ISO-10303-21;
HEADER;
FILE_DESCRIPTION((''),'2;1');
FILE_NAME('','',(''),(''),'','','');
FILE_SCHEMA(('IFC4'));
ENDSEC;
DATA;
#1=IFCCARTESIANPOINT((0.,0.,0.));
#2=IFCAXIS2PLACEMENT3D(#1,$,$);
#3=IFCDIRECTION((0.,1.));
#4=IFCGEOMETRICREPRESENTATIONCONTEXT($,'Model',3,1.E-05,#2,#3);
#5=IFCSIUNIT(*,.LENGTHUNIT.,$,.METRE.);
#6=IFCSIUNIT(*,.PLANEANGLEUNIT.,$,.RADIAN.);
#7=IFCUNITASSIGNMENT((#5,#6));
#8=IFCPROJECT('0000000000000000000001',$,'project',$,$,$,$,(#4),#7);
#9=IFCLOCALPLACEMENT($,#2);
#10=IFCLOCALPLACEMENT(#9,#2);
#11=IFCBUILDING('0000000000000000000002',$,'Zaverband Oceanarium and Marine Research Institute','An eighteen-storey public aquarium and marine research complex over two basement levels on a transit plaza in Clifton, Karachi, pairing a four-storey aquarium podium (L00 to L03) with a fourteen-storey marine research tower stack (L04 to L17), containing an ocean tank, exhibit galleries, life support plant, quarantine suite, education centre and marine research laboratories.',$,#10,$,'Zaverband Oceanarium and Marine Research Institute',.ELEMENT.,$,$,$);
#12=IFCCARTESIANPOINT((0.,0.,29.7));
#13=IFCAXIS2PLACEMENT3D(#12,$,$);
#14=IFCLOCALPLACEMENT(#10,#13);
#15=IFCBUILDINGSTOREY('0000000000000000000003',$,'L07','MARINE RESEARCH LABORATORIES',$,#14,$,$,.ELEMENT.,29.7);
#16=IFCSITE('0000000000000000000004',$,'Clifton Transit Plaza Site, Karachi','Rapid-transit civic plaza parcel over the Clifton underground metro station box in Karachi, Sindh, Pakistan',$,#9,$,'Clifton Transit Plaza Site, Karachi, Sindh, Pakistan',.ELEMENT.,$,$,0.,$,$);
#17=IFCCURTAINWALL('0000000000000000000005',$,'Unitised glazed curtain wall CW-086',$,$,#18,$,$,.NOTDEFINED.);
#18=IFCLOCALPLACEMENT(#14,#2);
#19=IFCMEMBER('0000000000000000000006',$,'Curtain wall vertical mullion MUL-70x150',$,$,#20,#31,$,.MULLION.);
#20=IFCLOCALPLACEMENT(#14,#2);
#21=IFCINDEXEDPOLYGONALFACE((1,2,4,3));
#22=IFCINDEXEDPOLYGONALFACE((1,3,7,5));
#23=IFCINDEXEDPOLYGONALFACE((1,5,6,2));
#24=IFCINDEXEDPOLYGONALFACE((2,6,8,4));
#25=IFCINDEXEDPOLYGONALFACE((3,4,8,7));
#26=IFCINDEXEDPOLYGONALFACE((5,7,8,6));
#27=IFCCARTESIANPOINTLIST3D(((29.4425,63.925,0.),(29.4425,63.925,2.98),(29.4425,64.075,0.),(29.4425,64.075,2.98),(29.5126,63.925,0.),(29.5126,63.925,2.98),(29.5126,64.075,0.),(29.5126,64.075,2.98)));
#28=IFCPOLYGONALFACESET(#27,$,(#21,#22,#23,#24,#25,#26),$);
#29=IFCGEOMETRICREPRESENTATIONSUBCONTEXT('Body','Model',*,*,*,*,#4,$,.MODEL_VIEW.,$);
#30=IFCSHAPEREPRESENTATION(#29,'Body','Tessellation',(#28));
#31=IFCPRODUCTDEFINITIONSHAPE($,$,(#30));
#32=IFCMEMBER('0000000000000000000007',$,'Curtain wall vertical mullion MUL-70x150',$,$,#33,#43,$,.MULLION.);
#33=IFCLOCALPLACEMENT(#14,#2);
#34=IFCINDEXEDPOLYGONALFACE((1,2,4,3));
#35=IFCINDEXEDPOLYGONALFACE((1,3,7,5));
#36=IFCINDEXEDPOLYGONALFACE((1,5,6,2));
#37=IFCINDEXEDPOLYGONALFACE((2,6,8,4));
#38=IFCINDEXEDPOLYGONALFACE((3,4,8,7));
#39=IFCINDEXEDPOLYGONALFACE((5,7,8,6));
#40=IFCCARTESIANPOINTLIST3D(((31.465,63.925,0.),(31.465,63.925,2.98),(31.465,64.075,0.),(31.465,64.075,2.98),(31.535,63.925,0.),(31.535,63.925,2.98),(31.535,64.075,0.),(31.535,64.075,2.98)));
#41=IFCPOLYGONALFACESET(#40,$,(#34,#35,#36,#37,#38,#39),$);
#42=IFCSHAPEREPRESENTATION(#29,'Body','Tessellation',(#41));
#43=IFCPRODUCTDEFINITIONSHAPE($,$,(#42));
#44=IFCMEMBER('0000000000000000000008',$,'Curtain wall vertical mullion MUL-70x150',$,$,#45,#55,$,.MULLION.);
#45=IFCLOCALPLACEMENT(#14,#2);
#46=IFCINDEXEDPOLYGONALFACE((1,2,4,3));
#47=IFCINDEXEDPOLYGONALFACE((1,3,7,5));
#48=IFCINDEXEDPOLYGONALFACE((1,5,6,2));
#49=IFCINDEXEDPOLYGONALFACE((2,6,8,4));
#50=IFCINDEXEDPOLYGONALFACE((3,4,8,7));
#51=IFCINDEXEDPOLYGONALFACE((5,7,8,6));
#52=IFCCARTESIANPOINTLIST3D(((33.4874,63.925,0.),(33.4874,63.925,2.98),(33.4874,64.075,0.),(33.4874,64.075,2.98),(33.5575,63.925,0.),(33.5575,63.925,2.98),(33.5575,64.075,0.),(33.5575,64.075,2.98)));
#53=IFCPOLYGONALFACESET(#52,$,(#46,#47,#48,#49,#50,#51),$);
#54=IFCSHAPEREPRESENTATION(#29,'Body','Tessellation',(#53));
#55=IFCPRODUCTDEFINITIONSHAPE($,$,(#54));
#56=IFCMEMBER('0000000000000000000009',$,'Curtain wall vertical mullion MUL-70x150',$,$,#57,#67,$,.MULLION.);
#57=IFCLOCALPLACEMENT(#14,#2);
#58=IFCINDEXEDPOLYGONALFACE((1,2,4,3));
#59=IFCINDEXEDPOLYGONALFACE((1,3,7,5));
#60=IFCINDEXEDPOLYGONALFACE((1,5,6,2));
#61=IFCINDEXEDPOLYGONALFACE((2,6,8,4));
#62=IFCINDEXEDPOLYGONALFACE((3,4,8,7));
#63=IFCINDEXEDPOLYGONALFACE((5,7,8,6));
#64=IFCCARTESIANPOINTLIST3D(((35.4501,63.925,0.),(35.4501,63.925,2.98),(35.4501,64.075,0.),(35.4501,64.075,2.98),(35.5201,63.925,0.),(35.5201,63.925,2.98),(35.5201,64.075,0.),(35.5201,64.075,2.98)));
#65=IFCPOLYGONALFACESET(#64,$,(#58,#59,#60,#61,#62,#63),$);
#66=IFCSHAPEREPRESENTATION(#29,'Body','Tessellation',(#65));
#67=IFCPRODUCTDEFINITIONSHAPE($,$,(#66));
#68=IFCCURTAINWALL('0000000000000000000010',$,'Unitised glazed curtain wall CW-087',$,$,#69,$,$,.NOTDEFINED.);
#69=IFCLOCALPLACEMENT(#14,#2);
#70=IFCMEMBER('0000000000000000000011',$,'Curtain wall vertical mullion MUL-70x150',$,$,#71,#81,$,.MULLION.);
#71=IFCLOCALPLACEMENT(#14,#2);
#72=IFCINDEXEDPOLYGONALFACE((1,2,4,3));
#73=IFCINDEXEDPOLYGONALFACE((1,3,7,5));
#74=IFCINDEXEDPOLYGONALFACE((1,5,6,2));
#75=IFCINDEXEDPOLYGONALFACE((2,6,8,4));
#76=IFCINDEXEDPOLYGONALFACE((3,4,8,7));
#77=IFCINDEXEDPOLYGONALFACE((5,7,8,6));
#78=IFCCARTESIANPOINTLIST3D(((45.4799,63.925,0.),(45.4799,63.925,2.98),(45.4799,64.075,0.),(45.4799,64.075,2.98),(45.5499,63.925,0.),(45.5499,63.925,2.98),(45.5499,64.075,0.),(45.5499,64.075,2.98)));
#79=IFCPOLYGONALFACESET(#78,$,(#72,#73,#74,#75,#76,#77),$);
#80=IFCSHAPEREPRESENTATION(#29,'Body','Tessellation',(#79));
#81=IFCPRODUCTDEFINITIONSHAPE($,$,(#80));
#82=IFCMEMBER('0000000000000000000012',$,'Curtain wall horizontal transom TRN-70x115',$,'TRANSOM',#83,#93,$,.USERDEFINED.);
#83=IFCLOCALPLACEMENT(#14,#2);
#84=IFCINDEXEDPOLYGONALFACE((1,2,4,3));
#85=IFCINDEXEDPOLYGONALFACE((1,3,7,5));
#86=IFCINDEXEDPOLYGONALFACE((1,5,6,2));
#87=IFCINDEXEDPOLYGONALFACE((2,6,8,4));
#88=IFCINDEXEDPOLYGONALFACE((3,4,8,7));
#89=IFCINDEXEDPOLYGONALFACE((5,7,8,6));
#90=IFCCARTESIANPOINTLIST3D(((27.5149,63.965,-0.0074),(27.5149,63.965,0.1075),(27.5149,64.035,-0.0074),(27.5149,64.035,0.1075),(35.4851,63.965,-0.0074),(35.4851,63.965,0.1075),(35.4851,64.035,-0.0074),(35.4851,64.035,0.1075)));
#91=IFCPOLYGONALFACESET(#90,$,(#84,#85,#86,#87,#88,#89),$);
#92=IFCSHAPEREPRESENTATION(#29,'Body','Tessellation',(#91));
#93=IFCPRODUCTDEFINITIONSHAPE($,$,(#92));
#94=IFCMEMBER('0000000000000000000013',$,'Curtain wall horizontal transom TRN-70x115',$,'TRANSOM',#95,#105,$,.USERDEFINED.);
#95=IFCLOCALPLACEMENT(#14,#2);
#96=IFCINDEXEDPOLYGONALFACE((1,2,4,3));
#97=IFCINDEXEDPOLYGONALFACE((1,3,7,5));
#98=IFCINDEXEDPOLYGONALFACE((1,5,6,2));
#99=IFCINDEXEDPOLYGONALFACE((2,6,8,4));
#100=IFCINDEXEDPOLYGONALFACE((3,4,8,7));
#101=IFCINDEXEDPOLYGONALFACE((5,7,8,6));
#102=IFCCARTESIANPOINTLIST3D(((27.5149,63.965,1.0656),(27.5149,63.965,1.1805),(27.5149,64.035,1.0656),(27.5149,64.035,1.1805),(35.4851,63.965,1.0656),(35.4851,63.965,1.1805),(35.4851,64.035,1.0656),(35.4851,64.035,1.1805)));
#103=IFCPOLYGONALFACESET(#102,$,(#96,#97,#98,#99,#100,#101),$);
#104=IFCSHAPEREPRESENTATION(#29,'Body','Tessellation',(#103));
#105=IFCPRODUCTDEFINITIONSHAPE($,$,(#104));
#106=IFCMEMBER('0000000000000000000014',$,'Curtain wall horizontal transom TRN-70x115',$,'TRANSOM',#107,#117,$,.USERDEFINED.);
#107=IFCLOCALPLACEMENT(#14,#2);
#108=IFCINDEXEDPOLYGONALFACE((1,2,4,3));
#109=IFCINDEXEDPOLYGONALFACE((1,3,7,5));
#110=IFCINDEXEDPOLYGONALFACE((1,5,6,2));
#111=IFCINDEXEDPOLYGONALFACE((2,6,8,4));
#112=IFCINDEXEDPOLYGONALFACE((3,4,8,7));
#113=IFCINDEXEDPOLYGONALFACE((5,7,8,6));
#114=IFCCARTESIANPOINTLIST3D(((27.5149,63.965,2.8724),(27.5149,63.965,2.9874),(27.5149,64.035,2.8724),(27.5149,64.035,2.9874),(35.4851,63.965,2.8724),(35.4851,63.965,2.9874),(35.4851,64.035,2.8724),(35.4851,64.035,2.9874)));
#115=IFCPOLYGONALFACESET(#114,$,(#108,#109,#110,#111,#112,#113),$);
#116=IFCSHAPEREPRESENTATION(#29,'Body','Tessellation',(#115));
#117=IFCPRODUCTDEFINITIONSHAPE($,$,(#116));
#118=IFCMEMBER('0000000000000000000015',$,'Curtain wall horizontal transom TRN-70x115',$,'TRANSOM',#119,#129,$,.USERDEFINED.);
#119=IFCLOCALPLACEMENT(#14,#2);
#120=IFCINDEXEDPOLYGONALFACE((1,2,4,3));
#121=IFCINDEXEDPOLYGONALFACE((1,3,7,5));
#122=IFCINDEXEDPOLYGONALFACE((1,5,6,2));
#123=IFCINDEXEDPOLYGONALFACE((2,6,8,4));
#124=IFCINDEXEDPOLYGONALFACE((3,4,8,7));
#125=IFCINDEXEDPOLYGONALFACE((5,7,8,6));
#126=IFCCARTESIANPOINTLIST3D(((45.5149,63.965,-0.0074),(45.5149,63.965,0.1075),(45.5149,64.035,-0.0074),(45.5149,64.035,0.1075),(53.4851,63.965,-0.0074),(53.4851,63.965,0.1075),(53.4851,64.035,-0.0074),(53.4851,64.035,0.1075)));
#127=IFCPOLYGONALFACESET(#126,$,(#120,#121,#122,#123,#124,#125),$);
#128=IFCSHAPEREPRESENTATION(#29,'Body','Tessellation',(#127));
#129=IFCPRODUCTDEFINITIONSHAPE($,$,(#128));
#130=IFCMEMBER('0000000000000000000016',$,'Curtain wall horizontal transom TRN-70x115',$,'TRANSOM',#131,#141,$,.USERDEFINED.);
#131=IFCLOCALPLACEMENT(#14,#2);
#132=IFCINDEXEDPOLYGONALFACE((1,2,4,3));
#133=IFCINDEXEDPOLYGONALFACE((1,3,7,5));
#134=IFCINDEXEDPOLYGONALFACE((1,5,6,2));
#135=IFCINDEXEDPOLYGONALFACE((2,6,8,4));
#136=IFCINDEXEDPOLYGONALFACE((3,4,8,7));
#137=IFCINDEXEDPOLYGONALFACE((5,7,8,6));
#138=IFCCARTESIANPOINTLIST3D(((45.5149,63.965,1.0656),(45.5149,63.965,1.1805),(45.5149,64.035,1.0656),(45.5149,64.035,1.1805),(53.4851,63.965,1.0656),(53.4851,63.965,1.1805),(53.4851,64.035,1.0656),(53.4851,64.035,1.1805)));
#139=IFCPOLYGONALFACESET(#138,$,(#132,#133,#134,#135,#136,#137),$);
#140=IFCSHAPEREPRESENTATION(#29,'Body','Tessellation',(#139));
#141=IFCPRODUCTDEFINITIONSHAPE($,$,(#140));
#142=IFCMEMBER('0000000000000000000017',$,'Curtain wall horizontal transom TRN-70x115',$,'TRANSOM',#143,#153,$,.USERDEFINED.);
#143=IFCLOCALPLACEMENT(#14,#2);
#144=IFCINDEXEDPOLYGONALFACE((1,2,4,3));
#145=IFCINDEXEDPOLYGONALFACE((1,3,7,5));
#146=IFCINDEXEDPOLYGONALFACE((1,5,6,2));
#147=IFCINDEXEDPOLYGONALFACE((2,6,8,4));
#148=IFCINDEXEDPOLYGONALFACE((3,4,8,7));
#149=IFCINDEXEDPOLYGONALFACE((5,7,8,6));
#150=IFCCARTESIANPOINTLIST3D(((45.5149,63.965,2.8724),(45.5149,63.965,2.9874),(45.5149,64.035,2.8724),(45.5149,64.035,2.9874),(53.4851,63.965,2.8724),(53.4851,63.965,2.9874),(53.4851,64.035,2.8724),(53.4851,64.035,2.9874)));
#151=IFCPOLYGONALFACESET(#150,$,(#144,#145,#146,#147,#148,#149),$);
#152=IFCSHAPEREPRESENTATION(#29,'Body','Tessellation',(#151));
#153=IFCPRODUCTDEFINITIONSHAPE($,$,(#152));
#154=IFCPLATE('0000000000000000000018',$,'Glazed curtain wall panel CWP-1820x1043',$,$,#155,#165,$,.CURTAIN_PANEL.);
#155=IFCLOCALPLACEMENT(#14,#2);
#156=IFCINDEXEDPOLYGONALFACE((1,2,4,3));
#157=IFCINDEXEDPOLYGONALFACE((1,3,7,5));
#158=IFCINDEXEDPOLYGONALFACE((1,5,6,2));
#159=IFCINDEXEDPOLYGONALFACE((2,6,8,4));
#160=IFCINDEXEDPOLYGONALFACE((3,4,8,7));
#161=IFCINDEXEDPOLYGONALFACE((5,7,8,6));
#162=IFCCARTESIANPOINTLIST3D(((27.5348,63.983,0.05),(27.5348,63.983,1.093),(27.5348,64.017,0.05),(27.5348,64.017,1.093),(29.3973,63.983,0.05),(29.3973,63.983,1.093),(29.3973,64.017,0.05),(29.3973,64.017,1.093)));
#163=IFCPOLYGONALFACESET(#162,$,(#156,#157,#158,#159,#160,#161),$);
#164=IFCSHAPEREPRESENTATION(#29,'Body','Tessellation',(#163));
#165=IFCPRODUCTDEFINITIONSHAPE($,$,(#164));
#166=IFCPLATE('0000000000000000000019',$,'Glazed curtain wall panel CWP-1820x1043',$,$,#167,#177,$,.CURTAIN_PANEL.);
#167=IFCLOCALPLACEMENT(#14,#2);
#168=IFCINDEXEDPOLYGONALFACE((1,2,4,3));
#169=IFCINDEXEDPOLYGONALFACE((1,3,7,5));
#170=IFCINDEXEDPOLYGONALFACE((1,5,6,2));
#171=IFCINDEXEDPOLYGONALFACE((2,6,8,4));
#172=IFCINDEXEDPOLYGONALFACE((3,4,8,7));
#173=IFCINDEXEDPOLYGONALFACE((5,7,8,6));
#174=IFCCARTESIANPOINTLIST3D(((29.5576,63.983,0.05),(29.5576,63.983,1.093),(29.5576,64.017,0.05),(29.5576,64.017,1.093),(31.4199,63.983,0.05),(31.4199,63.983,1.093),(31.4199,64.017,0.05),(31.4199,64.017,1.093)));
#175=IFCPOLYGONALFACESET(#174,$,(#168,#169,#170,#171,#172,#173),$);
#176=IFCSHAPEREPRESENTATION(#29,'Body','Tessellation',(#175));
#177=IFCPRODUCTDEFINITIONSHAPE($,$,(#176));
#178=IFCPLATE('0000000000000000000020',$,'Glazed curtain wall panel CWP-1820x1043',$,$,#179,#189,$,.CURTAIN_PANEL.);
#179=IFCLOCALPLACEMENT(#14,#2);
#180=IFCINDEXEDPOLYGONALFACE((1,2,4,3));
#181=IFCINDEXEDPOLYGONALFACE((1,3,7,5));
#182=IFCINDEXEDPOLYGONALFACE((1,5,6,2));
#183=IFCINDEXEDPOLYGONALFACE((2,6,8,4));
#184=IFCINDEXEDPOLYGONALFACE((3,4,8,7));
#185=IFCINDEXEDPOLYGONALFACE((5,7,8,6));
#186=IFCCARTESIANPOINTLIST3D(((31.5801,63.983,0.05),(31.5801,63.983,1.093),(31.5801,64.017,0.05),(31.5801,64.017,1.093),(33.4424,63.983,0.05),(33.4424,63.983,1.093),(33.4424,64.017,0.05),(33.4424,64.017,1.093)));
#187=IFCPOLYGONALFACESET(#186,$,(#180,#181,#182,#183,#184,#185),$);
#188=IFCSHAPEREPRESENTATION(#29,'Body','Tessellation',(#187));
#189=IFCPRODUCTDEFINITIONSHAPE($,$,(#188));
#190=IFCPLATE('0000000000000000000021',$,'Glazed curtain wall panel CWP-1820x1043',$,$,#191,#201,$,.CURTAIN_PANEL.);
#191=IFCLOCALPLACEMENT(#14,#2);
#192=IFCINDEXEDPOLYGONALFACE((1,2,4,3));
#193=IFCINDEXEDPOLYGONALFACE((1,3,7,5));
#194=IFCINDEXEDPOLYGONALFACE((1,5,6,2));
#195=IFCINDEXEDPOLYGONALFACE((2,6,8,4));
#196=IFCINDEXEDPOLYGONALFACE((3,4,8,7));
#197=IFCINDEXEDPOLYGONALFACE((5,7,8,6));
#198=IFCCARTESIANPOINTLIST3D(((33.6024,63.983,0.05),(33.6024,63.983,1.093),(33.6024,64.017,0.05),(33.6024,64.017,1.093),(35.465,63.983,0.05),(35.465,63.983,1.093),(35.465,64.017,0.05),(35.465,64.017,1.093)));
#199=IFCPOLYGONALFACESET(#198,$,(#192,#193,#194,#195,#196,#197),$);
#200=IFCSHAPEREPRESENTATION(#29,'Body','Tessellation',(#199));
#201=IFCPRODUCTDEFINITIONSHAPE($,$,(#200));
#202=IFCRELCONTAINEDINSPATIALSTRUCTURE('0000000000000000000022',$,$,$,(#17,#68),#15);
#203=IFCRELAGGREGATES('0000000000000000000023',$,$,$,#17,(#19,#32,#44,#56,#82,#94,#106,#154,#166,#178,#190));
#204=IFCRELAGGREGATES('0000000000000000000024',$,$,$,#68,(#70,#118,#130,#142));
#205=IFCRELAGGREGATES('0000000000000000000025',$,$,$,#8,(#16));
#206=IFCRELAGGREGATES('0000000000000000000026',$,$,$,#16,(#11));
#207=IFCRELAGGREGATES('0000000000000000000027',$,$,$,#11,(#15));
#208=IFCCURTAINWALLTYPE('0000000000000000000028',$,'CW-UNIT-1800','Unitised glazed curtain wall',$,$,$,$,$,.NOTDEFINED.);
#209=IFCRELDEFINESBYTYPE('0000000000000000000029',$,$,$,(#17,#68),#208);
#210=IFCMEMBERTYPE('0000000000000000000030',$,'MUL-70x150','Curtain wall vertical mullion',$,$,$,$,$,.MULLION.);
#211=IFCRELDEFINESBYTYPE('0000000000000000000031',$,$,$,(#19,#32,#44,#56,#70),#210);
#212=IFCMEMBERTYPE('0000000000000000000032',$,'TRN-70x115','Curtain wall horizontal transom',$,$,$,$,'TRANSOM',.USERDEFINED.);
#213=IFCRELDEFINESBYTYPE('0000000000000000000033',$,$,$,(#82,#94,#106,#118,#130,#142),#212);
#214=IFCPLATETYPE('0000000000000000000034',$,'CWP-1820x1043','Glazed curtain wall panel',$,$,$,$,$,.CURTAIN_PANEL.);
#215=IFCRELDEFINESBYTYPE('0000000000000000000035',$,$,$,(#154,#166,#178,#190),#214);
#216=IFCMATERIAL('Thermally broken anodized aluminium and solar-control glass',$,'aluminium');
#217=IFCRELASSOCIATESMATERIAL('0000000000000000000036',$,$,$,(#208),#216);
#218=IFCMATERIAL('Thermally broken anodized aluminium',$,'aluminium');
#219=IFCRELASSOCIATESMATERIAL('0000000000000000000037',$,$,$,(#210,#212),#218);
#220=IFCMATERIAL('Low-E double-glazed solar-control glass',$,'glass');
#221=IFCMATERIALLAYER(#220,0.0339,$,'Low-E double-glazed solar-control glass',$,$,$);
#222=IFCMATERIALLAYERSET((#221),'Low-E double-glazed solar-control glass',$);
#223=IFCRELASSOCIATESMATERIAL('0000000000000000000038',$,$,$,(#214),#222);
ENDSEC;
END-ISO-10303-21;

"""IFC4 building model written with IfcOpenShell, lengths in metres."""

from ifc_helpers import new_model, si_unit, direction, frame, frame_2d, origin, origin_2d, place, context, subcontext, project, spatial, rectangle, extrude, material, layer, layer_set, material_profile, profile_set, type_object, element, aggregate, save


model = new_model("IFC4")

# Units and contexts
model_context = context("Model", 3, precision=1e-05, world=origin(), true_north=direction((0.0, 1.0)))
body_context = subcontext(model_context, "Body", "Model", "MODEL_VIEW")
ifc_project = project(units=[si_unit("LENGTHUNIT", "METRE"), si_unit("PLANEANGLEUNIT", "RADIAN")], contexts=[model_context])

# Site, building, storey
site_placement = place(None, origin())
site = spatial("IfcSite", under=ifc_project, at=site_placement, Name="Clifton Transit Plaza Site, Karachi", Description="Rapid-transit civic plaza parcel over the Clifton underground metro station box in Karachi, Sindh, Pakistan", LongName="Clifton Transit Plaza Site, Karachi, Sindh, Pakistan", CompositionType="ELEMENT", RefElevation=0.0)
building_placement = place(site_placement, origin())
building = spatial("IfcBuilding", under=site, at=building_placement, Name="Zaverband Oceanarium and Marine Research Institute", Description="An eighteen-storey public aquarium and marine research complex over two basement levels on a transit plaza in Clifton, Karachi, pairing a four-storey aquarium podium (L00 to L03) with a fourteen-storey marine research tower stack (L04 to L17), containing an ocean tank, exhibit galleries, life support plant, quarantine suite, education centre and marine research laboratories.", LongName="Zaverband Oceanarium and Marine Research Institute", CompositionType="ELEMENT")
storey_placement = place(building_placement, frame((0.0, 0.0, 29.7)))
storey = spatial("IfcBuildingStorey", under=building, at=storey_placement, Name="L07", Description="MARINE RESEARCH LABORATORIES", CompositionType="ELEMENT", Elevation=29.7)

# Curtain wall, members
ifc_material_1 = material(Name="Thermally broken anodized aluminium and solar-control glass", Category="aluminium")
curtain_wall_type = type_object("IfcCurtainWallType", Name="CW-UNIT-1800", Description="Unitised glazed curtain wall", PredefinedType="NOTDEFINED", material=ifc_material_1)
curtain_wall_1_placement = place(storey_placement, origin())
curtain_wall_1 = element("IfcCurtainWall", 1, at=curtain_wall_1_placement, inside=storey, type_object=curtain_wall_type, Name="Unitised glazed curtain wall CW-086", PredefinedType="NOTDEFINED")
ifc_material_2 = material(Name="Thermally broken anodized aluminium", Category="aluminium")
ifc_material_profile_1 = material_profile(ifc_material_2, rectangle(XDim=0.0701, YDim=0.1499, at=origin_2d()), Name="AL-MUL-70x150")
ifc_profile_set_1 = profile_set([ifc_material_profile_1], Name="Thermally broken anodized aluminium")
member_type_1 = type_object("IfcMemberType", Name="MUL-70x150", Description="Curtain wall vertical mullion", PredefinedType="MULLION", material=ifc_profile_set_1)
member_1_placement = place(storey_placement, frame((29.4775, 64.0, 0.0), z_axis=(0.0, 0.0, 1.0), x_axis=(1.0, 0.0, 0.0)))
member_1 = element("IfcMember", 2, at=member_1_placement, type_object=member_type_1, Name="Curtain wall vertical mullion MUL-70x150", PredefinedType="MULLION", context=body_context, shape_type="SweptSolid", body=[
    extrude(rectangle(XDim=0.0701, YDim=0.1499, at=origin_2d()), origin(), (0.0, 0.0, 1.0), 2.98),
])
member_2_placement = place(storey_placement, frame((31.5, 64.0, 0.0), z_axis=(0.0, 0.0, 1.0), x_axis=(1.0, 0.0, 0.0)))
member_2 = element("IfcMember", 3, at=member_2_placement, type_object=member_type_1, Name="Curtain wall vertical mullion MUL-70x150", PredefinedType="MULLION", context=body_context, shape_type="SweptSolid", body=[
    extrude(rectangle(XDim=0.0701, YDim=0.1499, at=origin_2d()), origin(), (0.0, 0.0, 1.0), 2.98),
])
member_3_placement = place(storey_placement, frame((33.5225, 64.0, 0.0), z_axis=(0.0, 0.0, 1.0), x_axis=(1.0, 0.0, 0.0)))
member_3 = element("IfcMember", 4, at=member_3_placement, type_object=member_type_1, Name="Curtain wall vertical mullion MUL-70x150", PredefinedType="MULLION", context=body_context, shape_type="SweptSolid", body=[
    extrude(rectangle(XDim=0.0701, YDim=0.1499, at=origin_2d()), origin(), (0.0, 0.0, 1.0), 2.98),
])
member_4_placement = place(storey_placement, frame((35.4851, 64.0, 0.0), z_axis=(0.0, 0.0, 1.0), x_axis=(1.0, 0.0, 0.0)))
member_4 = element("IfcMember", 5, at=member_4_placement, type_object=member_type_1, Name="Curtain wall vertical mullion MUL-70x150", PredefinedType="MULLION", context=body_context, shape_type="SweptSolid", body=[
    extrude(rectangle(XDim=0.0701, YDim=0.1499, at=origin_2d()), origin(), (0.0, 0.0, 1.0), 2.98),
])

# Curtain wall, member
curtain_wall_2_placement = place(storey_placement, origin())
curtain_wall_2 = element("IfcCurtainWall", 6, at=curtain_wall_2_placement, inside=storey, type_object=curtain_wall_type, Name="Unitised glazed curtain wall CW-087", PredefinedType="NOTDEFINED")
member_5_placement = place(storey_placement, frame((45.5149, 64.0, 0.0), z_axis=(0.0, 0.0, 1.0), x_axis=(1.0, 0.0, 0.0)))
member_5 = element("IfcMember", 7, at=member_5_placement, type_object=member_type_1, Name="Curtain wall vertical mullion MUL-70x150", PredefinedType="MULLION", context=body_context, shape_type="SweptSolid", body=[
    extrude(rectangle(XDim=0.0701, YDim=0.1499, at=origin_2d()), origin(), (0.0, 0.0, 1.0), 2.98),
])

# Members
ifc_material_profile_2 = material_profile(ifc_material_2, rectangle(XDim=0.0701, YDim=0.115, at=origin_2d()), Name="AL-TRN-70x115")
ifc_profile_set_2 = profile_set([ifc_material_profile_2], Name="Thermally broken anodized aluminium")
member_type_2 = type_object("IfcMemberType", Name="TRN-70x115", Description="Curtain wall horizontal transom", ElementType="TRANSOM", PredefinedType="USERDEFINED", material=ifc_profile_set_2)
member_6_placement = place(storey_placement, frame((27.5149, 64.0, 0.05), z_axis=(1.0, 0.0, 0.0), x_axis=(0.0, 1.0, 0.0)))
member_6 = element("IfcMember", 8, at=member_6_placement, type_object=member_type_2, Name="Curtain wall horizontal transom TRN-70x115", ObjectType="TRANSOM", PredefinedType="USERDEFINED", context=body_context, shape_type="SweptSolid", body=[
    extrude(rectangle(XDim=0.0701, YDim=0.115, at=origin_2d()), origin(), (0.0, 0.0, 1.0), 7.9702),
])
member_7_placement = place(storey_placement, frame((27.5149, 64.0, 1.123), z_axis=(1.0, 0.0, 0.0), x_axis=(0.0, 1.0, 0.0)))
member_7 = element("IfcMember", 9, at=member_7_placement, type_object=member_type_2, Name="Curtain wall horizontal transom TRN-70x115", ObjectType="TRANSOM", PredefinedType="USERDEFINED", context=body_context, shape_type="SweptSolid", body=[
    extrude(rectangle(XDim=0.0701, YDim=0.115, at=origin_2d()), origin(), (0.0, 0.0, 1.0), 7.9702),
])
member_8_placement = place(storey_placement, frame((27.5149, 64.0, 2.9299), z_axis=(1.0, 0.0, 0.0), x_axis=(0.0, 1.0, 0.0)))
member_8 = element("IfcMember", 10, at=member_8_placement, type_object=member_type_2, Name="Curtain wall horizontal transom TRN-70x115", ObjectType="TRANSOM", PredefinedType="USERDEFINED", context=body_context, shape_type="SweptSolid", body=[
    extrude(rectangle(XDim=0.0701, YDim=0.115, at=origin_2d()), origin(), (0.0, 0.0, 1.0), 7.9702),
])
member_9_placement = place(storey_placement, frame((45.5149, 64.0, 0.05), z_axis=(1.0, 0.0, 0.0), x_axis=(0.0, 1.0, 0.0)))
member_9 = element("IfcMember", 11, at=member_9_placement, type_object=member_type_2, Name="Curtain wall horizontal transom TRN-70x115", ObjectType="TRANSOM", PredefinedType="USERDEFINED", context=body_context, shape_type="SweptSolid", body=[
    extrude(rectangle(XDim=0.0701, YDim=0.115, at=origin_2d()), origin(), (0.0, 0.0, 1.0), 7.9702),
])
member_10_placement = place(storey_placement, frame((45.5149, 64.0, 1.123), z_axis=(1.0, 0.0, 0.0), x_axis=(0.0, 1.0, 0.0)))
member_10 = element("IfcMember", 12, at=member_10_placement, type_object=member_type_2, Name="Curtain wall horizontal transom TRN-70x115", ObjectType="TRANSOM", PredefinedType="USERDEFINED", context=body_context, shape_type="SweptSolid", body=[
    extrude(rectangle(XDim=0.0701, YDim=0.115, at=origin_2d()), origin(), (0.0, 0.0, 1.0), 7.9702),
])
member_11_placement = place(storey_placement, frame((45.5149, 64.0, 2.9299), z_axis=(1.0, 0.0, 0.0), x_axis=(0.0, 1.0, 0.0)))
member_11 = element("IfcMember", 13, at=member_11_placement, type_object=member_type_2, Name="Curtain wall horizontal transom TRN-70x115", ObjectType="TRANSOM", PredefinedType="USERDEFINED", context=body_context, shape_type="SweptSolid", body=[
    extrude(rectangle(XDim=0.0701, YDim=0.115, at=origin_2d()), origin(), (0.0, 0.0, 1.0), 7.9702),
])

# Plates
ifc_material_3 = material(Name="Low-E double-glazed solar-control glass", Category="glass")
ifc_layer_1 = layer(ifc_material_3, 0.0339, Name="Low-E double-glazed solar-control glass")
ifc_layer_set_1 = layer_set([ifc_layer_1], Name="Low-E double-glazed solar-control glass")
plate_type_1 = type_object("IfcPlateType", Name="CWP-1820x1043", Description="Glazed curtain wall panel", PredefinedType="CURTAIN_PANEL", material=ifc_layer_set_1)
plate_1_placement = place(storey_placement, frame((27.5349, 64.0, 0.05), z_axis=(0.0, 0.0, 1.0), x_axis=(1.0, 0.0, 0.0)))
plate_1 = element("IfcPlate", 14, at=plate_1_placement, type_object=plate_type_1, Name="Glazed curtain wall panel CWP-1820x1043", PredefinedType="CURTAIN_PANEL", context=body_context, shape_type="SweptSolid", body=[
    extrude(rectangle(XDim=1.8625, YDim=0.0339, at=frame_2d((0.9312, 0.0))), origin(), (0.0, 0.0, 1.0), 1.043),
])
plate_2_placement = place(storey_placement, frame((29.5576, 64.0, 0.05), z_axis=(0.0, 0.0, 1.0), x_axis=(1.0, 0.0, 0.0)))
plate_2 = element("IfcPlate", 15, at=plate_2_placement, type_object=plate_type_1, Name="Glazed curtain wall panel CWP-1820x1043", PredefinedType="CURTAIN_PANEL", context=body_context, shape_type="SweptSolid", body=[
    extrude(rectangle(XDim=1.8623, YDim=0.0339, at=frame_2d((0.9312, 0.0))), origin(), (0.0, 0.0, 1.0), 1.043),
])
plate_3_placement = place(storey_placement, frame((31.5801, 64.0, 0.05), z_axis=(0.0, 0.0, 1.0), x_axis=(1.0, 0.0, 0.0)))
plate_3 = element("IfcPlate", 16, at=plate_3_placement, type_object=plate_type_1, Name="Glazed curtain wall panel CWP-1820x1043", PredefinedType="CURTAIN_PANEL", context=body_context, shape_type="SweptSolid", body=[
    extrude(rectangle(XDim=1.8623, YDim=0.0339, at=frame_2d((0.9312, 0.0))), origin(), (0.0, 0.0, 1.0), 1.043),
])
plate_4_placement = place(storey_placement, frame((33.6025, 64.0, 0.05), z_axis=(0.0, 0.0, 1.0), x_axis=(1.0, 0.0, 0.0)))
plate_4 = element("IfcPlate", 17, at=plate_4_placement, type_object=plate_type_1, Name="Glazed curtain wall panel CWP-1820x1043", PredefinedType="CURTAIN_PANEL", context=body_context, shape_type="SweptSolid", body=[
    extrude(rectangle(XDim=1.8625, YDim=0.0339, at=frame_2d((0.9312, 0.0))), origin(), (0.0, 0.0, 1.0), 1.043),
])
aggregate(curtain_wall_1, [member_1, member_2, member_3, member_4, member_6, member_7, member_8, plate_1, plate_2, plate_3, plate_4])
aggregate(curtain_wall_2, [member_5, member_9, member_10, member_11])

save(model, "model.ifc")
